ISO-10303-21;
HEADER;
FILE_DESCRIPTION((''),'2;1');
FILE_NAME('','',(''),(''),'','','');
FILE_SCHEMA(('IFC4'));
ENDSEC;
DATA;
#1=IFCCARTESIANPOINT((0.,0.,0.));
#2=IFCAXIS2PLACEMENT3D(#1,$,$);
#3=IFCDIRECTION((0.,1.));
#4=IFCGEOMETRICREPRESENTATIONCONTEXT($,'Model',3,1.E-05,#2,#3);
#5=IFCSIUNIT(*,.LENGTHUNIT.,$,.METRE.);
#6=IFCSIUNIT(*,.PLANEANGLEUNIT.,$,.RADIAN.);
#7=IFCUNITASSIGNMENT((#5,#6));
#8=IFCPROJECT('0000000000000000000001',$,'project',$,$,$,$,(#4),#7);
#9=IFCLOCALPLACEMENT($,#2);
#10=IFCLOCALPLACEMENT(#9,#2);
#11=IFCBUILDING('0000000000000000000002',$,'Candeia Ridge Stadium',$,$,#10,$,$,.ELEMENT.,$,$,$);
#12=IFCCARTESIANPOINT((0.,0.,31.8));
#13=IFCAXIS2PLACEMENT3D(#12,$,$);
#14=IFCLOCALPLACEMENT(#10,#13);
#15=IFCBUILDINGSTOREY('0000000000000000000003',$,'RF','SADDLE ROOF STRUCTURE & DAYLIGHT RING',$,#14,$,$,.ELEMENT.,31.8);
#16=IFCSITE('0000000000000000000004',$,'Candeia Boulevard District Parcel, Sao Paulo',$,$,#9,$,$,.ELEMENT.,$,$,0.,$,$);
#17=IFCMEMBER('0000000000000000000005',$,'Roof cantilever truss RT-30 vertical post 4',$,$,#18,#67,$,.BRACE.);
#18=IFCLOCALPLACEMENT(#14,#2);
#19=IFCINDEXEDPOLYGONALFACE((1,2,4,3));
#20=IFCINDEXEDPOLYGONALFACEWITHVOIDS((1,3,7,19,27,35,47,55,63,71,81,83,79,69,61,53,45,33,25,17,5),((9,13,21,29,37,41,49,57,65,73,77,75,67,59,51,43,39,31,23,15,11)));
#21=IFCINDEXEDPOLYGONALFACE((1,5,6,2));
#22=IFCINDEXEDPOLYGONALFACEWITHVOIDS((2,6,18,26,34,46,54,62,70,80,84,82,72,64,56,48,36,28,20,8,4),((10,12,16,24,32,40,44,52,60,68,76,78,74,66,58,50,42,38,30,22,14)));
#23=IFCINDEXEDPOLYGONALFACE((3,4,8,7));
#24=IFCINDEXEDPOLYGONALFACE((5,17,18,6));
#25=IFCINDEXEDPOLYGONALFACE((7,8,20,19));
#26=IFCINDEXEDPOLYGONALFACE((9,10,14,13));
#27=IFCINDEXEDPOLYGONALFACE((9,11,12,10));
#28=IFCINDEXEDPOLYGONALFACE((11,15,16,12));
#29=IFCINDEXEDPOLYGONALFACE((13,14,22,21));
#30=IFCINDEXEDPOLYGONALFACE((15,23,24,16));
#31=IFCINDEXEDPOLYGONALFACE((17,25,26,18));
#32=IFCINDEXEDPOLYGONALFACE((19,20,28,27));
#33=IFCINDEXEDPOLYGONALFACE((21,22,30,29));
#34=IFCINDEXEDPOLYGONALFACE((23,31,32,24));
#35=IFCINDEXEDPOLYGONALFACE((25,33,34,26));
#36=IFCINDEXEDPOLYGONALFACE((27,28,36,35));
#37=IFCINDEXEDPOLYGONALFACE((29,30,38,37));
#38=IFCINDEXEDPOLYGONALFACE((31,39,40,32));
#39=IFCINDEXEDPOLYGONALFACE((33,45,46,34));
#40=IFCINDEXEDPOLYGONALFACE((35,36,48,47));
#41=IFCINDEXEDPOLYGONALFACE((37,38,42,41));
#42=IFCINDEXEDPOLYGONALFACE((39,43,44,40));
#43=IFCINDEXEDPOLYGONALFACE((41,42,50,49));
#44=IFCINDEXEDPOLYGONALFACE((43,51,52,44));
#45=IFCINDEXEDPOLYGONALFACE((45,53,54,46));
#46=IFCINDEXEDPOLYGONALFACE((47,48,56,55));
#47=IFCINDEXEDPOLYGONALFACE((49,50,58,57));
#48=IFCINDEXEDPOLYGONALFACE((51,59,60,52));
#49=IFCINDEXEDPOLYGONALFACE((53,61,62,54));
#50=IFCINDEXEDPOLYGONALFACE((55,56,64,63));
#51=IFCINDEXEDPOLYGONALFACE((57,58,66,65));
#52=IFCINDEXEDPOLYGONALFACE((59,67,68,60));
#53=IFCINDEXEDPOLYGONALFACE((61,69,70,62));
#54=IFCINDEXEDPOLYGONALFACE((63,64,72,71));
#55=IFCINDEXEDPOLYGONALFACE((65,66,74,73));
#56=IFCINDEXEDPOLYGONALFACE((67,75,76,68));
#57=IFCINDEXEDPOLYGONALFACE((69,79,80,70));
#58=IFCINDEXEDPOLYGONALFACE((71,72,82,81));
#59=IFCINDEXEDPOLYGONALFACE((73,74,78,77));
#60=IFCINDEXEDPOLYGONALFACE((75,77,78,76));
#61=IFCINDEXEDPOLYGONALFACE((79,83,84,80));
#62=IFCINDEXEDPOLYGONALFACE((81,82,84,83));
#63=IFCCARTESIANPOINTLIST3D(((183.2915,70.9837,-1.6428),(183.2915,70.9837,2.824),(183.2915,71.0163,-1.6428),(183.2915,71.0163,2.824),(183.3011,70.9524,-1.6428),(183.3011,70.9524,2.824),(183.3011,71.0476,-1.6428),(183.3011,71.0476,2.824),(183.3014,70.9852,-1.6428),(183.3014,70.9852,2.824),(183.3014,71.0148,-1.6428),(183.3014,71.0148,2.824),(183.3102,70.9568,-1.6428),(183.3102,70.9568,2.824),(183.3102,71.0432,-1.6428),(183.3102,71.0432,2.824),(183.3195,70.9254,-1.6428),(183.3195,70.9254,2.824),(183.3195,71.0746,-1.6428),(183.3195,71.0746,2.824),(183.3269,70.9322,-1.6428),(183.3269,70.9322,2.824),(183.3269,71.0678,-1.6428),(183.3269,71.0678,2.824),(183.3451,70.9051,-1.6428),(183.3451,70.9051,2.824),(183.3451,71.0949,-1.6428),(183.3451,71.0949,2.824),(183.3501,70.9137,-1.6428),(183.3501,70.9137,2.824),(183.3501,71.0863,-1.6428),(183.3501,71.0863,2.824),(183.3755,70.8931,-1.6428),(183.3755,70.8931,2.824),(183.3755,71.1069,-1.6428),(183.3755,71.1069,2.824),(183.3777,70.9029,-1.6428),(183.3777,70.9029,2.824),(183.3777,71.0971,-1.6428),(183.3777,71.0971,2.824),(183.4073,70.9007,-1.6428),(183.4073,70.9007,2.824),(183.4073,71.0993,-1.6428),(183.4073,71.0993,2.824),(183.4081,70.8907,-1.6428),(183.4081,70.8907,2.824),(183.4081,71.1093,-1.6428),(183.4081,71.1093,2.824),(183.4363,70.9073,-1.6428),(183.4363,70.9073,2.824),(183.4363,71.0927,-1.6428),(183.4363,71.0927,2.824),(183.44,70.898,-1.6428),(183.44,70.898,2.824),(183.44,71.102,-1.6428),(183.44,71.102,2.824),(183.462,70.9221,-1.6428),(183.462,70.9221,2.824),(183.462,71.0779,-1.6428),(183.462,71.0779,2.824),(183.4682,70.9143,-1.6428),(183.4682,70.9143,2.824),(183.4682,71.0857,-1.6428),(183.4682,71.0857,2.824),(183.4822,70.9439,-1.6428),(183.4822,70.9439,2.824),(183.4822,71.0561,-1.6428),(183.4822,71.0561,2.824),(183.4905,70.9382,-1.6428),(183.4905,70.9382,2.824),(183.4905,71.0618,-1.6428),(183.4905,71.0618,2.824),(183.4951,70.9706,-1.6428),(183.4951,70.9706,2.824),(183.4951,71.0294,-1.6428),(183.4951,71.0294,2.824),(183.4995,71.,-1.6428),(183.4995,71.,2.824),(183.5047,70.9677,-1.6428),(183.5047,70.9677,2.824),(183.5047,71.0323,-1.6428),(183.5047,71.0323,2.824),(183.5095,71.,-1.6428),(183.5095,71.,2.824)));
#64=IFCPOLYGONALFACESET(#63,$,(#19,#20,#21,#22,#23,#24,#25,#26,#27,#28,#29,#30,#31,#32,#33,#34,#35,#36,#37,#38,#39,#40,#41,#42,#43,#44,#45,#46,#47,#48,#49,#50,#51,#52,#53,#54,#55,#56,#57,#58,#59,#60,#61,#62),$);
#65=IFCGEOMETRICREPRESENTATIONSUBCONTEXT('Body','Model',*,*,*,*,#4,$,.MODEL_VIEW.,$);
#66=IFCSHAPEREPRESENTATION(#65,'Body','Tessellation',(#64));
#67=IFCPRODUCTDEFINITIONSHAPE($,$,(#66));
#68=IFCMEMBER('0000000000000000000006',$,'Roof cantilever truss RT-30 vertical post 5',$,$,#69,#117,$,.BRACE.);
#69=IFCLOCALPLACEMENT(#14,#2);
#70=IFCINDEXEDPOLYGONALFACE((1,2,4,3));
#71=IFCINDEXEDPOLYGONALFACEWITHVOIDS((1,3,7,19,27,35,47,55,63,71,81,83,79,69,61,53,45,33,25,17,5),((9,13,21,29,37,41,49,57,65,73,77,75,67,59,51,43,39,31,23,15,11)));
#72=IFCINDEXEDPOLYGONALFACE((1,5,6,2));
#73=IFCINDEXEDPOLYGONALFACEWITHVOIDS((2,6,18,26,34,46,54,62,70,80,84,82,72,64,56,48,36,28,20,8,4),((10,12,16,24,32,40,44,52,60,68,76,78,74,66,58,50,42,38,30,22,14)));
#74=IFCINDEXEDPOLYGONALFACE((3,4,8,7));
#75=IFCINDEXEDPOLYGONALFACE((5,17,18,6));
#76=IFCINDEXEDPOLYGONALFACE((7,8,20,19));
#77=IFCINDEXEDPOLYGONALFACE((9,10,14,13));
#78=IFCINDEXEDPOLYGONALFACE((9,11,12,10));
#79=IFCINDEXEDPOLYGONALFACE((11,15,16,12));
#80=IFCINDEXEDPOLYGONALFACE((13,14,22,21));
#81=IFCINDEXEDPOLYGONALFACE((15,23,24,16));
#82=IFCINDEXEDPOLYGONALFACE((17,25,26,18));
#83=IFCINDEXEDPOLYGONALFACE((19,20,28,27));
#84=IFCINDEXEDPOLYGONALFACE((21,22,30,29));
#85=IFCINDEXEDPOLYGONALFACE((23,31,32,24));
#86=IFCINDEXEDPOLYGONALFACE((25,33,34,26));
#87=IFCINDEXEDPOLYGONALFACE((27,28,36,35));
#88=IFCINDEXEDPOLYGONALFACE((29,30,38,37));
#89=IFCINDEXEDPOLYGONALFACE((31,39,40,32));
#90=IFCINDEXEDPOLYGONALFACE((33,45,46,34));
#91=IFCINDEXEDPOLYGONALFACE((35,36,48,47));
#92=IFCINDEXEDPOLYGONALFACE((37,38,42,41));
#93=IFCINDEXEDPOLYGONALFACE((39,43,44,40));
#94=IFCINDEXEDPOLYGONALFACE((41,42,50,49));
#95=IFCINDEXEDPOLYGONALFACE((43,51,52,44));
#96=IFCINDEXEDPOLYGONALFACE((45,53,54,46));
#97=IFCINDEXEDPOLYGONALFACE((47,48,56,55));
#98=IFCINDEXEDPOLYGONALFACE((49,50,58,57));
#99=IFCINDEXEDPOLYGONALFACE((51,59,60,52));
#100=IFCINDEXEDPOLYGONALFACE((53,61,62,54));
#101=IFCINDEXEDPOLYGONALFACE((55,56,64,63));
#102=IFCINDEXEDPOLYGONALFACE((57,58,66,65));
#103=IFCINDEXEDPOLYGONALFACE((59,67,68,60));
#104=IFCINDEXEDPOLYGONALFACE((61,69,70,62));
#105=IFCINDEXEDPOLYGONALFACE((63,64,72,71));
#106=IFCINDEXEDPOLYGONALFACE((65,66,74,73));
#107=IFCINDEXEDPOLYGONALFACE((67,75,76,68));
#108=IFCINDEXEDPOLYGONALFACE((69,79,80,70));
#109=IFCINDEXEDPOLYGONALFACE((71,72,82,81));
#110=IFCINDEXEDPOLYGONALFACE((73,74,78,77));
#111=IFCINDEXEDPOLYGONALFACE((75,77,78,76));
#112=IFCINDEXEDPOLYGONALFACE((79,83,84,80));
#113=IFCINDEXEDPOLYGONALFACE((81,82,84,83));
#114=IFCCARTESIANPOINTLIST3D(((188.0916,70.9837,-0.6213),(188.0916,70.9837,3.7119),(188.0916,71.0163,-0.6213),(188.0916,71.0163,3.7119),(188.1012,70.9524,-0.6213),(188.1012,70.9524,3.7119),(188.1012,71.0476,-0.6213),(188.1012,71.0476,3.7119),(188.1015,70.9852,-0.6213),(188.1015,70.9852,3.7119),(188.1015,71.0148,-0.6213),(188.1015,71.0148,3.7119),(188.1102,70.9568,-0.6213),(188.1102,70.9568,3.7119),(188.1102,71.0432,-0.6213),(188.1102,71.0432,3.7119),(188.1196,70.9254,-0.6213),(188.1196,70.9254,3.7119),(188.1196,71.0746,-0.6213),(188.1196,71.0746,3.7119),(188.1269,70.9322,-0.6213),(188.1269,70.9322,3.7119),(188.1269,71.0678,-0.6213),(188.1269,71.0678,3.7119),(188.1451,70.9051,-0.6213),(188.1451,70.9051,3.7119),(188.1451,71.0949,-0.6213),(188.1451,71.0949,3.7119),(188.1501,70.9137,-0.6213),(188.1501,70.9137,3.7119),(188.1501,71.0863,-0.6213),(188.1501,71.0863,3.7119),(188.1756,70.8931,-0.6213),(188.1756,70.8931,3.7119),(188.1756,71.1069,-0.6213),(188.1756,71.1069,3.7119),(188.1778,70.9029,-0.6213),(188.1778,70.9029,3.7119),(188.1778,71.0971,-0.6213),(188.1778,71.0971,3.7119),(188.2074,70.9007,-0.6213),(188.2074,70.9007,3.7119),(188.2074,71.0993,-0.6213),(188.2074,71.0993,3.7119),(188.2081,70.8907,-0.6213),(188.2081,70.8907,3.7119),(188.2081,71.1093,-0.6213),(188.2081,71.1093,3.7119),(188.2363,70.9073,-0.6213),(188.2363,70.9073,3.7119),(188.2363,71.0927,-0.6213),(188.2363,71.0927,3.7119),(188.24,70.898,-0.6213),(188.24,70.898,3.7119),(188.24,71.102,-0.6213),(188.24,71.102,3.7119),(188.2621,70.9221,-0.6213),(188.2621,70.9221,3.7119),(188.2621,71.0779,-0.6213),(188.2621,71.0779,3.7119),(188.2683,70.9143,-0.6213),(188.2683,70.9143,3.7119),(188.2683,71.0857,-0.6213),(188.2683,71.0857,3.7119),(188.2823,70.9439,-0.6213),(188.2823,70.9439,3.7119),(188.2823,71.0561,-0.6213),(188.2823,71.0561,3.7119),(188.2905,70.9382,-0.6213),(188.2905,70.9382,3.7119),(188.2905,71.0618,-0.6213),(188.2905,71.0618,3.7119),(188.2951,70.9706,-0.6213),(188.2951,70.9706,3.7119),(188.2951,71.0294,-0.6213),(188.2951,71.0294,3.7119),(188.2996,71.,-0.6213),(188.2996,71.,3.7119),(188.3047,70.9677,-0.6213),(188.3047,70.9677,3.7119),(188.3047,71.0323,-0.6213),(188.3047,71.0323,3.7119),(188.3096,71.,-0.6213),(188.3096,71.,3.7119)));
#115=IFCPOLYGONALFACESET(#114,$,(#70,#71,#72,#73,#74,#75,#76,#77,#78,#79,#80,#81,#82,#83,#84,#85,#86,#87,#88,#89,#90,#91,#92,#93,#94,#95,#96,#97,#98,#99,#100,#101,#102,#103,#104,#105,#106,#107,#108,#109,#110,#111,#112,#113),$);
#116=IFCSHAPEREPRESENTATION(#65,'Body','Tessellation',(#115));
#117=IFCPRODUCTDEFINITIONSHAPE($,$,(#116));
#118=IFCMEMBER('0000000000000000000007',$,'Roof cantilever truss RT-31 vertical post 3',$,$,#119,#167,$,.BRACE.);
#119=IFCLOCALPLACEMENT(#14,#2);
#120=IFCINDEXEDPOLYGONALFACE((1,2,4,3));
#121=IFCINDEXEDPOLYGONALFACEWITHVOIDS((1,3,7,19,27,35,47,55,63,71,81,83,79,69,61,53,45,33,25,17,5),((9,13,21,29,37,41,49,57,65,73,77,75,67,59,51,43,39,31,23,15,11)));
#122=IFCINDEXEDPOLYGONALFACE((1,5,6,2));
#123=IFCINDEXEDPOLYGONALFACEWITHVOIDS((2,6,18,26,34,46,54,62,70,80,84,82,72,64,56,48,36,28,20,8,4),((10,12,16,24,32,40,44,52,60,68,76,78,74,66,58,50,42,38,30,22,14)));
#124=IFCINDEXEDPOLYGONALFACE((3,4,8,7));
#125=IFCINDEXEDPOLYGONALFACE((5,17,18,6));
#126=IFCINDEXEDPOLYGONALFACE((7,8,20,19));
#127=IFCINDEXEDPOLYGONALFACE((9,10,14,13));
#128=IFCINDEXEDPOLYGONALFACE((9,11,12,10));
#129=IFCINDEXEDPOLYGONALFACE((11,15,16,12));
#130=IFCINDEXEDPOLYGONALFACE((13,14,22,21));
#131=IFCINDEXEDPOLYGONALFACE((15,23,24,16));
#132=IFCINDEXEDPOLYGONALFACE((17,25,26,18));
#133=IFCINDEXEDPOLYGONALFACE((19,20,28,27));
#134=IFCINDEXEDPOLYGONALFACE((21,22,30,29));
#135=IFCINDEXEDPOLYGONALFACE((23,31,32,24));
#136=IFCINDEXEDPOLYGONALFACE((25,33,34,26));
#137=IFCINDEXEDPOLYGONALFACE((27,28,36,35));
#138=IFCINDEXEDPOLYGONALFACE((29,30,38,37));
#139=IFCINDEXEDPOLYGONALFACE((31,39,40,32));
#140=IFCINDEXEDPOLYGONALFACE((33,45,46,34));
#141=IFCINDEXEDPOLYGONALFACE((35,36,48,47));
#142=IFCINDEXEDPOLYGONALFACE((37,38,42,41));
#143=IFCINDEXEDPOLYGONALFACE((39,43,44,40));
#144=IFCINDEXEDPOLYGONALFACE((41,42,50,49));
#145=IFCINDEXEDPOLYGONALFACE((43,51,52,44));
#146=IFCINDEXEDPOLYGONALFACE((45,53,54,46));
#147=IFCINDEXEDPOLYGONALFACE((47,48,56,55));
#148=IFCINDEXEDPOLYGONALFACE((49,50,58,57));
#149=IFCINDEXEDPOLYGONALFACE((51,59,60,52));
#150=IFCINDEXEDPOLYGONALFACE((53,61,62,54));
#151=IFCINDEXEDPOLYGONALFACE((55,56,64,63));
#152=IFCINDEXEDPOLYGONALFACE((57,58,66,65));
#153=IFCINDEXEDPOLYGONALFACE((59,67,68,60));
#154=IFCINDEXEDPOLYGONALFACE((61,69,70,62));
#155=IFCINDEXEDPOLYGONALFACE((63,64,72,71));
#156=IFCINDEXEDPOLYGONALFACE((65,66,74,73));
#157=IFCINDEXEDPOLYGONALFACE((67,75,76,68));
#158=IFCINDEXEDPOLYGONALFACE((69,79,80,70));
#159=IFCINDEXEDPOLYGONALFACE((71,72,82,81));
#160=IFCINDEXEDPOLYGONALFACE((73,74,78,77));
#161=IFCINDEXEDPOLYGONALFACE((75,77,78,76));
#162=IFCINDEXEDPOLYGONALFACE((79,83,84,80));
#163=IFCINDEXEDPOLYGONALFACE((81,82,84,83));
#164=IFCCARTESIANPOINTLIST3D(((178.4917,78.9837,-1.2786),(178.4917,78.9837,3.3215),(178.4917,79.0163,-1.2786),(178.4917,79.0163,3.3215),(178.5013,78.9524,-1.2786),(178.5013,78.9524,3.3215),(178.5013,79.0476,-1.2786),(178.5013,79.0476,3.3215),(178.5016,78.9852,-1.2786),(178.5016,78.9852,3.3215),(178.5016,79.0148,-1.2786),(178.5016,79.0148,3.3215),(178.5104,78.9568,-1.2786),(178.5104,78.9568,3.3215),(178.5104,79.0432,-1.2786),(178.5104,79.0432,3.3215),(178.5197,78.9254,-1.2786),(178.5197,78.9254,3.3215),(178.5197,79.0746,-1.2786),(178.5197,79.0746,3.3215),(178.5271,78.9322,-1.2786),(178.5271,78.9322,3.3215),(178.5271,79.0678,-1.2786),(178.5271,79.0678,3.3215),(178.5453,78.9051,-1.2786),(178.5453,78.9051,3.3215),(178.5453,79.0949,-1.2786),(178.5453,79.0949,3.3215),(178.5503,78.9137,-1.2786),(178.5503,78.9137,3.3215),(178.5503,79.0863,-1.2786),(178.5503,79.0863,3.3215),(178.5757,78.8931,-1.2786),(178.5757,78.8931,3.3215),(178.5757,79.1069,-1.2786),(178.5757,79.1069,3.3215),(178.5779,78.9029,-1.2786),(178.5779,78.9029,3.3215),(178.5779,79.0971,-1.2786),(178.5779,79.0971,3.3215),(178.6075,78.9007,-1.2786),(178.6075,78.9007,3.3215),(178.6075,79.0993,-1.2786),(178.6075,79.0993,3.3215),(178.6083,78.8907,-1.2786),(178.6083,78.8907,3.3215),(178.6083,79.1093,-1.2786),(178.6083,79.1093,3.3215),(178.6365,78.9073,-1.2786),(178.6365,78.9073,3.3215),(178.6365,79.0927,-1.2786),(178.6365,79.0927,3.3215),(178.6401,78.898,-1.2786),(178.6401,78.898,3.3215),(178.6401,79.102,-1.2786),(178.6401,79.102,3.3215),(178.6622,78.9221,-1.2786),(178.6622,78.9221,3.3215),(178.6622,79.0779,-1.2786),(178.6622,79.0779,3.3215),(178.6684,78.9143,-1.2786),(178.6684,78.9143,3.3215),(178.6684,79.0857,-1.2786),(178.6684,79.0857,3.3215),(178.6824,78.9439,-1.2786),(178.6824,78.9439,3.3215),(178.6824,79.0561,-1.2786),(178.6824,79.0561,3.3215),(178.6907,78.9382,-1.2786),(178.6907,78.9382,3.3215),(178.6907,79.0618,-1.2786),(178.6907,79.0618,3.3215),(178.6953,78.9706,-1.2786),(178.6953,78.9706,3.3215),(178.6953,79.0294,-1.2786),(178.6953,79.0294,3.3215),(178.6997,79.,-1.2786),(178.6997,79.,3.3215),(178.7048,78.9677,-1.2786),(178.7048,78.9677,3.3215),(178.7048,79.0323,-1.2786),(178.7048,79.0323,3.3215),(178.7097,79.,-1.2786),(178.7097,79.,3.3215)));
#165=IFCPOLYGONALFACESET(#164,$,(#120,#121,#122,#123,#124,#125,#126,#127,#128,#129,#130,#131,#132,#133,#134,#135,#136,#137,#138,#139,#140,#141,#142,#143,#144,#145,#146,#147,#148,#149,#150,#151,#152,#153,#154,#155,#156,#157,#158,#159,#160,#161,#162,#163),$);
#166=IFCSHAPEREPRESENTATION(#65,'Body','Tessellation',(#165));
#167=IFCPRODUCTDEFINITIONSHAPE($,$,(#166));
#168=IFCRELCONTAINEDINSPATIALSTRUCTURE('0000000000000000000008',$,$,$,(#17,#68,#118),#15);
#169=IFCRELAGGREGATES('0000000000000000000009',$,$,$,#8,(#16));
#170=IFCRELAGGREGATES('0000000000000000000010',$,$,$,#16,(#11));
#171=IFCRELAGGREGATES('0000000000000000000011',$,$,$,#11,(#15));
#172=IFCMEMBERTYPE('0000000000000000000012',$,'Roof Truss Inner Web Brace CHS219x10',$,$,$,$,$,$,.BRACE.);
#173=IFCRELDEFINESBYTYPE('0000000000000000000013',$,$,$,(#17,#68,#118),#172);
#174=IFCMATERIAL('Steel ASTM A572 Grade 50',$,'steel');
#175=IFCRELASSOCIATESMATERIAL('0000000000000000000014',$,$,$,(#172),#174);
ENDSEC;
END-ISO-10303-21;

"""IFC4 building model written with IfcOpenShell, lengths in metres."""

from ifc_helpers import new_model, si_unit, direction, frame, origin, origin_2d, place, context, subcontext, project, spatial, hollow_circle, extrude, material, material_profile, profile_set, type_object, element, save


model = new_model("IFC4")

# Units and contexts
model_context = context("Model", 3, precision=1e-05, world=origin(), true_north=direction((0.0, 1.0)))
body_context = subcontext(model_context, "Body", "Model", "MODEL_VIEW")
ifc_project = project(units=[si_unit("LENGTHUNIT", "METRE"), si_unit("PLANEANGLEUNIT", "RADIAN")], contexts=[model_context])

# Site, building, storey
site_placement = place(None, origin())
site = spatial("IfcSite", under=ifc_project, at=site_placement, Name="Candeia Boulevard District Parcel, Sao Paulo", CompositionType="ELEMENT", RefElevation=0.0)
building_placement = place(site_placement, origin())
building = spatial("IfcBuilding", under=site, at=building_placement, Name="Candeia Ridge Stadium", CompositionType="ELEMENT")
storey_placement = place(building_placement, frame((0.0, 0.0, 31.8)))
storey = spatial("IfcBuildingStorey", under=building, at=storey_placement, Name="RF", Description="SADDLE ROOF STRUCTURE & DAYLIGHT RING", CompositionType="ELEMENT", Elevation=31.8)

# Shared definitions
ifc_material_1 = material(Name="Steel ASTM A572 Grade 50", Category="steel")

# Members
ifc_material_profile_1 = material_profile(ifc_material_1, hollow_circle(Radius=0.1096, WallThickness=0.01, at=origin_2d()), Name="CHS219x10", Category="steel")
ifc_profile_set_1 = profile_set([ifc_material_profile_1], Name="Steel ASTM A572 Grade 50")
member_type_1 = type_object("IfcMemberType", Name="Roof Truss Inner Web Brace CHS219x10", PredefinedType="BRACE", material=ifc_profile_set_1)
member_1_placement = place(storey_placement, frame((183.3999, 71.0, -1.6428), z_axis=(0.0, 0.0, 1.0), x_axis=(1.0, 0.0, 0.0)))
element("IfcMember", 1, at=member_1_placement, inside=storey, type_object=member_type_1, Name="Roof cantilever truss RT-30 vertical post 4", PredefinedType="BRACE", context=body_context, shape_type="SweptSolid", body=[
    extrude(hollow_circle(Radius=0.1096, WallThickness=0.01, at=origin_2d()), origin(), (0.0, 0.0, 1.0), 4.4668),
])
member_2_placement = place(storey_placement, frame((188.2, 71.0, -0.6213), z_axis=(0.0, 0.0, 1.0), x_axis=(1.0, 0.0, 0.0)))
element("IfcMember", 2, at=member_2_placement, inside=storey, type_object=member_type_1, Name="Roof cantilever truss RT-30 vertical post 5", PredefinedType="BRACE", context=body_context, shape_type="SweptSolid", body=[
    extrude(hollow_circle(Radius=0.1096, WallThickness=0.01, at=origin_2d()), origin(), (0.0, 0.0, 1.0), 4.3333),
])
member_3_placement = place(storey_placement, frame((178.6001, 79.0, -1.2786), z_axis=(0.0, 0.0, 1.0), x_axis=(1.0, 0.0, 0.0)))
element("IfcMember", 3, at=member_3_placement, inside=storey, type_object=member_type_1, Name="Roof cantilever truss RT-31 vertical post 3", PredefinedType="BRACE", context=body_context, shape_type="SweptSolid", body=[
    extrude(hollow_circle(Radius=0.1096, WallThickness=0.01, at=origin_2d()), origin(), (0.0, 0.0, 1.0), 4.6001),
])

save(model, "model.ifc")
